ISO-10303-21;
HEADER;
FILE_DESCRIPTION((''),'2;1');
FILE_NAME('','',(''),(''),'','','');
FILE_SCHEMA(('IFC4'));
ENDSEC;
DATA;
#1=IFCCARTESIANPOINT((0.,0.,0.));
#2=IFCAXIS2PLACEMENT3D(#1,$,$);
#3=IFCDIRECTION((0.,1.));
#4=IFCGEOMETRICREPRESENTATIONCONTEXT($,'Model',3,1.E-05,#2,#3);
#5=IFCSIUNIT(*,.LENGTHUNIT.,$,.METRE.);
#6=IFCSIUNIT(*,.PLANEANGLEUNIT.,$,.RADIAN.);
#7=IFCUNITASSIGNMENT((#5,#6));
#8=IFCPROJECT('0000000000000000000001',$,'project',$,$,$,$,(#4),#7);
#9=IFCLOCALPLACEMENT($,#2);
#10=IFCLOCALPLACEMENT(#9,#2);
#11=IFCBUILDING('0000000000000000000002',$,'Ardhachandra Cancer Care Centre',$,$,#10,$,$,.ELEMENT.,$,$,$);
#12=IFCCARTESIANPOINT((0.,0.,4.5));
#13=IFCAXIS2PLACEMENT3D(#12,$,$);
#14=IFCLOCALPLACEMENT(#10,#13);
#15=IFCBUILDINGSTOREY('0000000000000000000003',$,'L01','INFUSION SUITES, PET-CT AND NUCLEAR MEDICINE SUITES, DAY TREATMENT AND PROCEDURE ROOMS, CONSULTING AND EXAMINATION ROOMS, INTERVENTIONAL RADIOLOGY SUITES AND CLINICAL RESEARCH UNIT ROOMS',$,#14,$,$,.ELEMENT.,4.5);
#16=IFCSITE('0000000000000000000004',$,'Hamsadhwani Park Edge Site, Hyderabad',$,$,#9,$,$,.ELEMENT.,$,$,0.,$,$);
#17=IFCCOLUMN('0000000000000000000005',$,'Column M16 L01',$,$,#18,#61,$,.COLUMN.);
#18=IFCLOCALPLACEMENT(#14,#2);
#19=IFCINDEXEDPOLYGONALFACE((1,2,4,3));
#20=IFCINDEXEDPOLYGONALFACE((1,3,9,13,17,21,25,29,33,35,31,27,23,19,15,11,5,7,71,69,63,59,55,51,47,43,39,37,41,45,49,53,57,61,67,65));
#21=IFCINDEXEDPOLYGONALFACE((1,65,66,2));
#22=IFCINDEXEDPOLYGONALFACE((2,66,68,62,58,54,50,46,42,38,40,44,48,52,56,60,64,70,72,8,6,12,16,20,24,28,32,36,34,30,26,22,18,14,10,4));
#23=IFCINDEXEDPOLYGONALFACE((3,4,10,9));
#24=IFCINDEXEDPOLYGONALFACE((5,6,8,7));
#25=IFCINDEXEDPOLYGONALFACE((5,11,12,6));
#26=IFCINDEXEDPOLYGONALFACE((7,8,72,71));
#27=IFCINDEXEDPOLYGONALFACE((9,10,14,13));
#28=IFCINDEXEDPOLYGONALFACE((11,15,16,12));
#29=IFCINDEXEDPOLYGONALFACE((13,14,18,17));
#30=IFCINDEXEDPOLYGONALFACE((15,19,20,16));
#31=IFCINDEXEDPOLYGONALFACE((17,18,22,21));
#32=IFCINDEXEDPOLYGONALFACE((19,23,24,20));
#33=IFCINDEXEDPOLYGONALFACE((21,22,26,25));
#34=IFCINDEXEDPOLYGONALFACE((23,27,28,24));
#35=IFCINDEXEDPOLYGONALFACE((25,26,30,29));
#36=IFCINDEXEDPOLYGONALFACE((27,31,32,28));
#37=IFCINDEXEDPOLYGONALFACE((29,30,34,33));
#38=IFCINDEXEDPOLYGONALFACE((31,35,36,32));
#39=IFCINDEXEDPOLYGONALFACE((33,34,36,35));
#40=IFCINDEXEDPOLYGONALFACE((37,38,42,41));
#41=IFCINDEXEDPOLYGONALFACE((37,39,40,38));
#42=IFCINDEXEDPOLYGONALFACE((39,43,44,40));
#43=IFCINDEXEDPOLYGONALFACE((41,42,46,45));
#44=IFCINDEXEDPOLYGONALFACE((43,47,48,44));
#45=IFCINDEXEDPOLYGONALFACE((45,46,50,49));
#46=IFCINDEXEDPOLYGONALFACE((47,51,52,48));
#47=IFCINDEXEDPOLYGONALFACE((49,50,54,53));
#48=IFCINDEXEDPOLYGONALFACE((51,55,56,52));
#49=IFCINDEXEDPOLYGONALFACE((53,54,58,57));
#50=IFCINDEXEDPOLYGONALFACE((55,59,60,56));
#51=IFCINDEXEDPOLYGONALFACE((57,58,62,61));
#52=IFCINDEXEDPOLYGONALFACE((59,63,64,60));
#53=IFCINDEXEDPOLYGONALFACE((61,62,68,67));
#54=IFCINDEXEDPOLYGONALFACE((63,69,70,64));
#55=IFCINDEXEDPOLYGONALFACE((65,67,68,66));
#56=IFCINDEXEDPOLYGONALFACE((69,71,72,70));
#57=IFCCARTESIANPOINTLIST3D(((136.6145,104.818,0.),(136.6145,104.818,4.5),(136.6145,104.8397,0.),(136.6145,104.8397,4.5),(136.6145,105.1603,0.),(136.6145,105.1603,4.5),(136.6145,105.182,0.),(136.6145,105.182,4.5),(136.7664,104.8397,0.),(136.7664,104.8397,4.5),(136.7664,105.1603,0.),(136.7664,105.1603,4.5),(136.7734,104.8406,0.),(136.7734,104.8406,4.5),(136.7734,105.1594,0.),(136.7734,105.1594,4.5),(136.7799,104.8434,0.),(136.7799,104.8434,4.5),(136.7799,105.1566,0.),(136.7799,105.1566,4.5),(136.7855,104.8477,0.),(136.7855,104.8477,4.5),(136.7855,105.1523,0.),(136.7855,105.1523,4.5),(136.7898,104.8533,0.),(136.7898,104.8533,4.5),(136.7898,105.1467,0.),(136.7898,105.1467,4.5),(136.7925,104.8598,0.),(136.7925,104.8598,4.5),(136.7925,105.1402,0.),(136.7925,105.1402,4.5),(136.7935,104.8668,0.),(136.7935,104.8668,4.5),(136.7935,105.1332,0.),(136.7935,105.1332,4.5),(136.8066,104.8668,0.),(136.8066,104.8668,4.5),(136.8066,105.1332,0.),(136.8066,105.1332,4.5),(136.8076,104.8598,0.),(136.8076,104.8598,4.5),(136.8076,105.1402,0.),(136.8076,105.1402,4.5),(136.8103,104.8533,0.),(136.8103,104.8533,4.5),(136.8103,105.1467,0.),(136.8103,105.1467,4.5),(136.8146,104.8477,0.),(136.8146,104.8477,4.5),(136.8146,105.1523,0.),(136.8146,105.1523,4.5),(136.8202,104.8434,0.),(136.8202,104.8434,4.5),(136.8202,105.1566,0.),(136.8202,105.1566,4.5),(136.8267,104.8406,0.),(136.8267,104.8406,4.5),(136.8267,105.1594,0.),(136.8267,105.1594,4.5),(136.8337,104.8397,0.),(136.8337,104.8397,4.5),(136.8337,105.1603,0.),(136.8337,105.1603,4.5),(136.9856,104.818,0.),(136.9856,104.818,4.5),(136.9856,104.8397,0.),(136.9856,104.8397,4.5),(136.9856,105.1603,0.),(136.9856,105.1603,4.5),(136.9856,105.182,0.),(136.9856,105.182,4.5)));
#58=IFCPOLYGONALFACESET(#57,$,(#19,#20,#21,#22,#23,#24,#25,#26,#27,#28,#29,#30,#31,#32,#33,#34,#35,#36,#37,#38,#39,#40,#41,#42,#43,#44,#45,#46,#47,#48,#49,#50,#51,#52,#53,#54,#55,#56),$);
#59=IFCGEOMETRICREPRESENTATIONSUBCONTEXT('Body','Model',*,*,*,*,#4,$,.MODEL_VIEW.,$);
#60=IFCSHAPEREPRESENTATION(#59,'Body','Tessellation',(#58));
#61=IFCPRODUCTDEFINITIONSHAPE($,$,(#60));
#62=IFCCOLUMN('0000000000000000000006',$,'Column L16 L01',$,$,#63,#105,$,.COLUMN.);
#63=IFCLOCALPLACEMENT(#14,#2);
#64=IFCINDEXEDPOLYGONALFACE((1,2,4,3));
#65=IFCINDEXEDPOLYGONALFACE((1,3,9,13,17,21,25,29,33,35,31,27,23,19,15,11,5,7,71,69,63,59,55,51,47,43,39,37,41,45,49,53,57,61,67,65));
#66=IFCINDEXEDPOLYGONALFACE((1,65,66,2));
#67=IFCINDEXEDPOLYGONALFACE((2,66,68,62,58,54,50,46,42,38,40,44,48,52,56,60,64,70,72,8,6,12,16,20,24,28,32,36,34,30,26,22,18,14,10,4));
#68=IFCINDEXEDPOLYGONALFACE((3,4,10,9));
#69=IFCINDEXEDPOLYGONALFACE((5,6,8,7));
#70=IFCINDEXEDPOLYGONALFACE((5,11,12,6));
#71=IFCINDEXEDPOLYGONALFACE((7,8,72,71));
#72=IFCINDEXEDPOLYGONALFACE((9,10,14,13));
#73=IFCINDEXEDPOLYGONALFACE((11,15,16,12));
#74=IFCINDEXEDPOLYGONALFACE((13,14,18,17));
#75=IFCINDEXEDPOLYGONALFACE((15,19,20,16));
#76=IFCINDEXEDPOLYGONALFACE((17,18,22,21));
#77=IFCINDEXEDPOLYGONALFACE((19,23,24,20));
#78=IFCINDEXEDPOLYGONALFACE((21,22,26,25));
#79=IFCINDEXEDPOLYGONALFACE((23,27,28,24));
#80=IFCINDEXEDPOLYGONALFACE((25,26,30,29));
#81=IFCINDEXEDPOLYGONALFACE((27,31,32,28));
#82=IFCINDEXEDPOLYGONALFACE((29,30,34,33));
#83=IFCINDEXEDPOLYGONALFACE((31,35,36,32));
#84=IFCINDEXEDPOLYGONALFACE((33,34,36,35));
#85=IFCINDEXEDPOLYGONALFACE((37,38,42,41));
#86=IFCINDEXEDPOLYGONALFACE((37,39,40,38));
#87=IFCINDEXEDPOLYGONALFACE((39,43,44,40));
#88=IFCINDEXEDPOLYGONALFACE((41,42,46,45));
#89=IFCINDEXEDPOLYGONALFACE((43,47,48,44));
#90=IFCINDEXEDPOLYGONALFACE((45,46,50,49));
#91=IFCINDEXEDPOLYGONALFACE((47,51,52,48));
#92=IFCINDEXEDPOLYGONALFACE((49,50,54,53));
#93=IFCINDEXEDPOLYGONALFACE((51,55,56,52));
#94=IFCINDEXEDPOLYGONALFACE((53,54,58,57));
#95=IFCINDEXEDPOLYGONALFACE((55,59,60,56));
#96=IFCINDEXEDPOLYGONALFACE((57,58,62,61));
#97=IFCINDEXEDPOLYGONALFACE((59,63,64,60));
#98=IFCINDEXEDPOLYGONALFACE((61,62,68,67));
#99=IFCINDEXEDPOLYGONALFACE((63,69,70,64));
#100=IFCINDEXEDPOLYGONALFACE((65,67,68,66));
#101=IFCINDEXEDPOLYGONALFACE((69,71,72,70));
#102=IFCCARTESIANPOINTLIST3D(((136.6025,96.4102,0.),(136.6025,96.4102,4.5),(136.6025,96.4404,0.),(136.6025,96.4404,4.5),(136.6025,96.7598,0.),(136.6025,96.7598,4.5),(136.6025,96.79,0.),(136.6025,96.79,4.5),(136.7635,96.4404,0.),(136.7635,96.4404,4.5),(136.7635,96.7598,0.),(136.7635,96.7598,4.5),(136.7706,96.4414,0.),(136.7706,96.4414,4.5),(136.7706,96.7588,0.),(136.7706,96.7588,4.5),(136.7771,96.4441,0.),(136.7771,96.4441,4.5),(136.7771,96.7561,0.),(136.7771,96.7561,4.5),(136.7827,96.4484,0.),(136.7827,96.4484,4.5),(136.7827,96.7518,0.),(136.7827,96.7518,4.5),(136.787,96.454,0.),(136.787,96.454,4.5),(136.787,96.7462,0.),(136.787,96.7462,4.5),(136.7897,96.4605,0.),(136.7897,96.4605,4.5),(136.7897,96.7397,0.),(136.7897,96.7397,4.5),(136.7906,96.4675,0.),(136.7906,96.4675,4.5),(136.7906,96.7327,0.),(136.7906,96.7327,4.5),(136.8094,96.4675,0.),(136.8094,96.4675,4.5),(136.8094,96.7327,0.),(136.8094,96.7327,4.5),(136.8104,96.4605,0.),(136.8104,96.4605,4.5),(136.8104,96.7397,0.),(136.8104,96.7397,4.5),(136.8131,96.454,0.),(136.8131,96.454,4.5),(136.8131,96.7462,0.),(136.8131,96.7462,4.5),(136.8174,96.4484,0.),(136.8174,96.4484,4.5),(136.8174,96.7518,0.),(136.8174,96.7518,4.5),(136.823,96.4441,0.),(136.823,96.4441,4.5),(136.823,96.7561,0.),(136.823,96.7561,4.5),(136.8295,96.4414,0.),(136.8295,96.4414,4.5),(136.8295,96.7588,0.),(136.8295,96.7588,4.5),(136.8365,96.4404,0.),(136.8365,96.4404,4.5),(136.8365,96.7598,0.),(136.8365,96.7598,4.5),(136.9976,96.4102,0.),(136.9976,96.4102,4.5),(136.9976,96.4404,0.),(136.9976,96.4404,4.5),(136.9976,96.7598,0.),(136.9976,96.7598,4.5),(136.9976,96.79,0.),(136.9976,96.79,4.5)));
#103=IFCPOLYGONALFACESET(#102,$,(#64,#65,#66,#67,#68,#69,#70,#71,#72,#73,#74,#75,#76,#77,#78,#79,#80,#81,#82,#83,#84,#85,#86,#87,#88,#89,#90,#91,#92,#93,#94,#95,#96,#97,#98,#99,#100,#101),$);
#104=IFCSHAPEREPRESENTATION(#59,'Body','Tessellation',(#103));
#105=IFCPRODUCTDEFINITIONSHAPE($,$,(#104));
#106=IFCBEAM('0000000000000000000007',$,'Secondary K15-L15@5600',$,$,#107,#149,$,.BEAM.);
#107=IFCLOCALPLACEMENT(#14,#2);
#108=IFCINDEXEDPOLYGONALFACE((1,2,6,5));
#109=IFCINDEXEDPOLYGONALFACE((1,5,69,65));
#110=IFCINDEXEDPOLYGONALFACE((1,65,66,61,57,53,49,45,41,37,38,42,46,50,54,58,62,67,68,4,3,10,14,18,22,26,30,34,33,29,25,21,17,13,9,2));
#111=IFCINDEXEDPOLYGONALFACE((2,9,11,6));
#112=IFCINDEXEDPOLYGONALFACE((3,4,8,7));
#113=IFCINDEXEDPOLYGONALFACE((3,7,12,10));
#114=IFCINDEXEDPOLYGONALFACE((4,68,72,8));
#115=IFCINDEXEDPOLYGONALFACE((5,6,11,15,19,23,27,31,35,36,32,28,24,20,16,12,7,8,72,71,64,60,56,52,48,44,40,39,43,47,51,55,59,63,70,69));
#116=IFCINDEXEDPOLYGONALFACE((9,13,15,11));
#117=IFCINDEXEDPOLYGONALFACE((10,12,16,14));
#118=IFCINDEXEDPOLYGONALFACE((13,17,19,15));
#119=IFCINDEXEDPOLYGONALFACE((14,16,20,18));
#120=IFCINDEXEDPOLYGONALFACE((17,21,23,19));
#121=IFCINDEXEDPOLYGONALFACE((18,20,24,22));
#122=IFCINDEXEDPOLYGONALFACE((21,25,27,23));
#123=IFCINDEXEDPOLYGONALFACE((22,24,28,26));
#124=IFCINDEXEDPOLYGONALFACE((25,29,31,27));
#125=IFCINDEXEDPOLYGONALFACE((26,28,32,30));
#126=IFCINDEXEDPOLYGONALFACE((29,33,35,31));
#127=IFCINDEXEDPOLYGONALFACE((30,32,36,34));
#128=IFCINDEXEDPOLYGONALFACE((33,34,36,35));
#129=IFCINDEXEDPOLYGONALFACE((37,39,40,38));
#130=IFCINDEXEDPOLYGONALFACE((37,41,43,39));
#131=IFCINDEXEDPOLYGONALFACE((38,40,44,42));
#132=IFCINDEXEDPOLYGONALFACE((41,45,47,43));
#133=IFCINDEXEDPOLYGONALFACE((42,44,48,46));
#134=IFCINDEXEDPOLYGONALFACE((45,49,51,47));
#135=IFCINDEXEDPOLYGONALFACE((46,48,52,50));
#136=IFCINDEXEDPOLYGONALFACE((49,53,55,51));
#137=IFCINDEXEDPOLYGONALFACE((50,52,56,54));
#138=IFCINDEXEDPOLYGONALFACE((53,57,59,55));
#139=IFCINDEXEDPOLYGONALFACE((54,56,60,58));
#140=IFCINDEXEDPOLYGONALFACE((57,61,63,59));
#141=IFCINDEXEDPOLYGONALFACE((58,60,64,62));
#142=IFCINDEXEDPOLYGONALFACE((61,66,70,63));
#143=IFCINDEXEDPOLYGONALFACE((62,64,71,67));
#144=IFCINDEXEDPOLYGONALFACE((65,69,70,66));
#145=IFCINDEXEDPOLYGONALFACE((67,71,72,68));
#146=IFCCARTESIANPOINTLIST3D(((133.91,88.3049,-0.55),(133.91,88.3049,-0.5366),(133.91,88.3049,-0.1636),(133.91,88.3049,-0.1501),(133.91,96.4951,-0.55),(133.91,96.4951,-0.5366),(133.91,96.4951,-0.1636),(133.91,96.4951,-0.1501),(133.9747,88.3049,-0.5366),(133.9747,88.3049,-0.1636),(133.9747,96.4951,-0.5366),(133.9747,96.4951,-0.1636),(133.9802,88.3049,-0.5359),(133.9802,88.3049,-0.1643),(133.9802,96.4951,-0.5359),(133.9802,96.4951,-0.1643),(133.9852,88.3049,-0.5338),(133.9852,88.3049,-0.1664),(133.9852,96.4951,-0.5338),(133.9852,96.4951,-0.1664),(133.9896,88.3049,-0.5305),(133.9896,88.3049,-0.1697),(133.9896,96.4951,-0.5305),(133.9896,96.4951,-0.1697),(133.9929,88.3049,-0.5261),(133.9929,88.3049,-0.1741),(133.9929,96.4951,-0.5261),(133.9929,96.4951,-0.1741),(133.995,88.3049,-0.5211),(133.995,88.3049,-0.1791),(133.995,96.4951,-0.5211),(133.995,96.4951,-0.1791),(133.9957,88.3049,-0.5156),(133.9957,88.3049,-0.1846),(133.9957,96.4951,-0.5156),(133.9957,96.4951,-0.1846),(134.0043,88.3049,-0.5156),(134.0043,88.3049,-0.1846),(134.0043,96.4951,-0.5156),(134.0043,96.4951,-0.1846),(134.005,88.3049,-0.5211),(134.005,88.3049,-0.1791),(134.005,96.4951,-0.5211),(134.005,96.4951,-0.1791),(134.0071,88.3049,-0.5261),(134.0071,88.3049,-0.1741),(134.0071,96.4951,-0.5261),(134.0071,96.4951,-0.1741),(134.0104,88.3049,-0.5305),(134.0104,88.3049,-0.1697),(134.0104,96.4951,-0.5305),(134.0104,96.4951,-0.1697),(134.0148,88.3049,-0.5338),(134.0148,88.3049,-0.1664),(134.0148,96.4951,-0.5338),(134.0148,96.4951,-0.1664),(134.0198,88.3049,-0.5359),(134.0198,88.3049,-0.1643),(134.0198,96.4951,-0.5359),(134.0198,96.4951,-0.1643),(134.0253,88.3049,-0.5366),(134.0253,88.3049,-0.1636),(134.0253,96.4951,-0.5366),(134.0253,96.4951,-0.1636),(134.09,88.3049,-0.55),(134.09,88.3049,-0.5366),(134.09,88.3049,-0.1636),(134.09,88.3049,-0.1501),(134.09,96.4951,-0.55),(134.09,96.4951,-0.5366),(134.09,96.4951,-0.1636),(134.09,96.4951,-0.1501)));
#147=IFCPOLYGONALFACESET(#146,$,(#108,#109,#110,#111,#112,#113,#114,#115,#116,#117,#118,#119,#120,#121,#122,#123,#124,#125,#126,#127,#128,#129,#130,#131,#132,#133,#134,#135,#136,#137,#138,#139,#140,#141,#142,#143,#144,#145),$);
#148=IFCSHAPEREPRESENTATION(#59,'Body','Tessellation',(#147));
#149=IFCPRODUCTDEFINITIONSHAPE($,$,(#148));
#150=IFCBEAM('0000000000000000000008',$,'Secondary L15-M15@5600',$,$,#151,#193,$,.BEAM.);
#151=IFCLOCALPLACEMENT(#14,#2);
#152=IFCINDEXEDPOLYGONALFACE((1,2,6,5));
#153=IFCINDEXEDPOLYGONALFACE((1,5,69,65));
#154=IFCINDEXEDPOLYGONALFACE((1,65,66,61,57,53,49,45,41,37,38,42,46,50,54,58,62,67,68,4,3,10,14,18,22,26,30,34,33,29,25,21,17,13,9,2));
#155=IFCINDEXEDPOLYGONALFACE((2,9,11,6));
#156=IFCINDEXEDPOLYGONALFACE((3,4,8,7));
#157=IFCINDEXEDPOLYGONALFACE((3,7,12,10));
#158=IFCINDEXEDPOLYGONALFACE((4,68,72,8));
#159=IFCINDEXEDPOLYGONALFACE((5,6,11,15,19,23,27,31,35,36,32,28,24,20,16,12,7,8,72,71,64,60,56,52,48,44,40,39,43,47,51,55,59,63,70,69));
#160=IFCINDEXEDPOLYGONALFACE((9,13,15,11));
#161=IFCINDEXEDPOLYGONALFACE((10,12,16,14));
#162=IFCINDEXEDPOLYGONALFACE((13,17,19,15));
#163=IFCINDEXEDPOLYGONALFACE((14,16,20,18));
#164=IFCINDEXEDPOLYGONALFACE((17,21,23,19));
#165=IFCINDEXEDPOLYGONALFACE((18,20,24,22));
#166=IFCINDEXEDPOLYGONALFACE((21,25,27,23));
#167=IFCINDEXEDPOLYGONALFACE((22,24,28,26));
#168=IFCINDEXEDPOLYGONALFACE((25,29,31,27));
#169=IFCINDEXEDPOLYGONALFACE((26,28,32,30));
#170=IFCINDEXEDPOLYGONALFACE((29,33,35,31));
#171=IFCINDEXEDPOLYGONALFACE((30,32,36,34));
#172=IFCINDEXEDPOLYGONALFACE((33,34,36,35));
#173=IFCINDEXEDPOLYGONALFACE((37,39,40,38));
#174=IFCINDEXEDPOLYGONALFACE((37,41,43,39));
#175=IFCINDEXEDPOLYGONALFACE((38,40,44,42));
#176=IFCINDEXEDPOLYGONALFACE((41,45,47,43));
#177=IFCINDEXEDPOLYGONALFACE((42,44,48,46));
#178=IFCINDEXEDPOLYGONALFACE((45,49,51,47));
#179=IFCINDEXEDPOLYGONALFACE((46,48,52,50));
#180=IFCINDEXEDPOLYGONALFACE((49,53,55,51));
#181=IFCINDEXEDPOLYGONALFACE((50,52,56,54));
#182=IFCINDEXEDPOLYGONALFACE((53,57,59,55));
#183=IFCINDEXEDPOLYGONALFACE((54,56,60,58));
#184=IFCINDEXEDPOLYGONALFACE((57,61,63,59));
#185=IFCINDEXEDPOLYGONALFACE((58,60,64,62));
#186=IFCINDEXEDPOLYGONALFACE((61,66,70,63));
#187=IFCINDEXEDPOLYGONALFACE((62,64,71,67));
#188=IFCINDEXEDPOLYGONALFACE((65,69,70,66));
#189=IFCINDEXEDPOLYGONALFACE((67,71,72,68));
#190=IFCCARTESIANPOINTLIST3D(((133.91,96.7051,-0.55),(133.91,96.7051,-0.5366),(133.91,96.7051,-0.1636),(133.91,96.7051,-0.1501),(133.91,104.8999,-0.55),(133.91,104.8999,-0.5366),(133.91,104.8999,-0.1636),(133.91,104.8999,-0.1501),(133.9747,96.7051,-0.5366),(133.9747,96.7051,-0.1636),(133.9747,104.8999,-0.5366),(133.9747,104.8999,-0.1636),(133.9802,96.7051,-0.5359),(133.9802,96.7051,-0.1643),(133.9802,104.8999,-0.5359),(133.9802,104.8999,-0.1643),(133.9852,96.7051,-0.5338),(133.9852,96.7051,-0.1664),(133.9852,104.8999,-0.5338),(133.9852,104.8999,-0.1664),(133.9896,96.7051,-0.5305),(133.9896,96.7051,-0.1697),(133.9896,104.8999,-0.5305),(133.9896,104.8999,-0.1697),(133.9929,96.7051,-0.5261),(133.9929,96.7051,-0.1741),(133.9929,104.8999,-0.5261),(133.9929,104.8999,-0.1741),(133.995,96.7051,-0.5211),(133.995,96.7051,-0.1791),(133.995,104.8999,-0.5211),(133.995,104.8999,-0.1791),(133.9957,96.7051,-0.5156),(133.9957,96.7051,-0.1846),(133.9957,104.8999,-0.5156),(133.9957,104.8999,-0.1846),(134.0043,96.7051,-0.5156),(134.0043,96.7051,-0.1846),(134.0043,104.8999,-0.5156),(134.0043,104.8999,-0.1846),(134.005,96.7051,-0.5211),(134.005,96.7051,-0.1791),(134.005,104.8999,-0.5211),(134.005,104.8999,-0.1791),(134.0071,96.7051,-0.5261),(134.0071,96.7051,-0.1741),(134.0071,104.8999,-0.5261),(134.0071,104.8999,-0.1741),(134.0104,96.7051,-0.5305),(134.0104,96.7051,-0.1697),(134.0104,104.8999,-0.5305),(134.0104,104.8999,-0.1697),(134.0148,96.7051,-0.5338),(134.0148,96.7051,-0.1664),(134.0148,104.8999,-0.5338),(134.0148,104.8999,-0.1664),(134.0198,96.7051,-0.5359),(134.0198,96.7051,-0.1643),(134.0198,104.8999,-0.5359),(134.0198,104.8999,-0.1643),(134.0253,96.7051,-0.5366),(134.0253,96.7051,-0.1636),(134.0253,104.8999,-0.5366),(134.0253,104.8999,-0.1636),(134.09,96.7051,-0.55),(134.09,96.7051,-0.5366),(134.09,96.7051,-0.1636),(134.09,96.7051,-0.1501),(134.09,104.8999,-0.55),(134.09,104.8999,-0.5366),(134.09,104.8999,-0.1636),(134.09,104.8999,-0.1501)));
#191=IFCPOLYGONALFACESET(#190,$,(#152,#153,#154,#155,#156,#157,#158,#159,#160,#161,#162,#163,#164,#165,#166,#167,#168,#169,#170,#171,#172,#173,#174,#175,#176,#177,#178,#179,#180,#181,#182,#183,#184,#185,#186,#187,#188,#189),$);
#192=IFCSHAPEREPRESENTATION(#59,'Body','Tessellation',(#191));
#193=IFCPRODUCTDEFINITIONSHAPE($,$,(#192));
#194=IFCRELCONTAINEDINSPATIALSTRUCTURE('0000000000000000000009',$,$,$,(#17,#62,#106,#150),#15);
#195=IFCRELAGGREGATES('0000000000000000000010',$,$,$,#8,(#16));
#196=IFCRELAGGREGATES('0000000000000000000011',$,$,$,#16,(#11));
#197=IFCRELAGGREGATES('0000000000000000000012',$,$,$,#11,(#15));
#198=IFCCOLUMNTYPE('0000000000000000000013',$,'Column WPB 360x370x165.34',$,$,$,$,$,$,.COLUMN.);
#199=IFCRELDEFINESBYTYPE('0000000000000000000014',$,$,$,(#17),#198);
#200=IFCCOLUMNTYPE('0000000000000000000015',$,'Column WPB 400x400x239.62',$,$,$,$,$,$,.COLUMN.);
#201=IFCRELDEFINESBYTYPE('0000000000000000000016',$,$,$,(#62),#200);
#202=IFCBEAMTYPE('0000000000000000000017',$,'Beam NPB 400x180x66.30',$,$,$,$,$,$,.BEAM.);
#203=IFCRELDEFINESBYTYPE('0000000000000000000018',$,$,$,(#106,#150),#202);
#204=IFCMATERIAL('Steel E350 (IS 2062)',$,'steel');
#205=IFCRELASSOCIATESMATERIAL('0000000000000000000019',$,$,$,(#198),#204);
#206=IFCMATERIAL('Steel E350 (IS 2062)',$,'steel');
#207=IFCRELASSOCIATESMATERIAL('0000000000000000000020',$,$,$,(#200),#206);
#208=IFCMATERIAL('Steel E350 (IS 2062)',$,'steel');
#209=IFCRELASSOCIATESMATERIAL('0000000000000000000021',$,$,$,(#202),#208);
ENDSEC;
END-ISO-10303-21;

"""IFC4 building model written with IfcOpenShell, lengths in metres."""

from ifc_helpers import new_model, si_unit, direction, frame, origin, origin_2d, place, context, subcontext, project, spatial, i_section, extrude, material, material_profile, profile_set, type_object, element, save


model = new_model("IFC4")

# Units and contexts
model_context = context("Model", 3, precision=1e-05, world=origin(), true_north=direction((0.0, 1.0)))
body_context = subcontext(model_context, "Body", "Model", "MODEL_VIEW")
ifc_project = project(units=[si_unit("LENGTHUNIT", "METRE"), si_unit("PLANEANGLEUNIT", "RADIAN")], contexts=[model_context])

# Site, building, storey
site_placement = place(None, origin())
site = spatial("IfcSite", under=ifc_project, at=site_placement, Name="Hamsadhwani Park Edge Site, Hyderabad", CompositionType="ELEMENT", RefElevation=0.0)
building_placement = place(site_placement, origin())
building = spatial("IfcBuilding", under=site, at=building_placement, Name="Ardhachandra Cancer Care Centre", CompositionType="ELEMENT")
storey_placement = place(building_placement, frame((0.0, 0.0, 4.5)))
storey = spatial("IfcBuildingStorey", under=building, at=storey_placement, Name="L01", Description="INFUSION SUITES, PET-CT AND NUCLEAR MEDICINE SUITES, DAY TREATMENT AND PROCEDURE ROOMS, CONSULTING AND EXAMINATION ROOMS, INTERVENTIONAL RADIOLOGY SUITES AND CLINICAL RESEARCH UNIT ROOMS", CompositionType="ELEMENT", Elevation=4.5)

# Columns
ifc_material_1 = material(Name="Steel E350 (IS 2062)", Category="steel")
ifc_material_profile_1 = material_profile(ifc_material_1, i_section(OverallWidth=0.3711, OverallDepth=0.364, WebThickness=0.0132, FlangeThickness=0.0217, FilletRadius=0.0271, at=origin_2d()), Name="WPB 360x370x165.34")
ifc_profile_set_1 = profile_set([ifc_material_profile_1], Name="Steel E350 (IS 2062)")
column_type_1 = type_object("IfcColumnType", Name="Column WPB 360x370x165.34", PredefinedType="COLUMN", material=ifc_profile_set_1)
column_1_placement = place(storey_placement, frame((136.8, 105.0, 0.0), z_axis=(0.0, 0.0, 1.0), x_axis=(1.0, 0.0, 0.0)))
element("IfcColumn", 1, at=column_1_placement, inside=storey, type_object=column_type_1, Name="Column M16 L01", PredefinedType="COLUMN", context=body_context, shape_type="SweptSolid", body=[
    extrude(i_section(OverallWidth=0.3711, OverallDepth=0.364, WebThickness=0.0132, FlangeThickness=0.0217, FilletRadius=0.0271, at=origin_2d()), origin(), (0.0, 0.0, 1.0), 4.5),
])
ifc_material_2 = material(Name="Steel E350 (IS 2062)", Category="steel")
ifc_material_profile_2 = material_profile(ifc_material_2, i_section(OverallWidth=0.395, OverallDepth=0.3799, WebThickness=0.0188, FlangeThickness=0.0303, FilletRadius=0.0271, at=origin_2d()), Name="WPB 400x400x239.62")
ifc_profile_set_2 = profile_set([ifc_material_profile_2], Name="Steel E350 (IS 2062)")
column_type_2 = type_object("IfcColumnType", Name="Column WPB 400x400x239.62", PredefinedType="COLUMN", material=ifc_profile_set_2)
column_2_placement = place(storey_placement, frame((136.8, 96.6001, 0.0), z_axis=(0.0, 0.0, 1.0), x_axis=(1.0, 0.0, 0.0)))
element("IfcColumn", 2, at=column_2_placement, inside=storey, type_object=column_type_2, Name="Column L16 L01", PredefinedType="COLUMN", context=body_context, shape_type="SweptSolid", body=[
    extrude(i_section(OverallWidth=0.395, OverallDepth=0.3799, WebThickness=0.0188, FlangeThickness=0.0303, FilletRadius=0.0271, at=origin_2d()), origin(), (0.0, 0.0, 1.0), 4.5),
])

# Beams
ifc_material_3 = material(Name="Steel E350 (IS 2062)", Category="steel")
ifc_material_profile_3 = material_profile(ifc_material_3, i_section(OverallWidth=0.1799, OverallDepth=0.3999, WebThickness=0.0085, FlangeThickness=0.0134, FilletRadius=0.021, at=origin_2d()), Name="NPB 400x180x66.30")
ifc_profile_set_3 = profile_set([ifc_material_profile_3], Name="Steel E350 (IS 2062)")
beam_type_1 = type_object("IfcBeamType", Name="Beam NPB 400x180x66.30", PredefinedType="BEAM", material=ifc_profile_set_3)
beam_1_placement = place(storey_placement, frame((134.0, 88.3049, -0.3501), z_axis=(0.0, 1.0, 0.0), x_axis=(-1.0, 0.0, 0.0)))
element("IfcBeam", 3, at=beam_1_placement, inside=storey, type_object=beam_type_1, Name="Secondary K15-L15@5600", PredefinedType="BEAM", context=body_context, shape_type="SweptSolid", body=[
    extrude(i_section(OverallWidth=0.1799, OverallDepth=0.3999, WebThickness=0.0085, FlangeThickness=0.0134, FilletRadius=0.021, at=origin_2d()), origin(), (0.0, 0.0, 1.0), 8.1902),
])
beam_2_placement = place(storey_placement, frame((134.0, 96.7051, -0.3501), z_axis=(0.0, 1.0, 0.0), x_axis=(-1.0, 0.0, 0.0)))
element("IfcBeam", 4, at=beam_2_placement, inside=storey, type_object=beam_type_1, Name="Secondary L15-M15@5600", PredefinedType="BEAM", context=body_context, shape_type="SweptSolid", body=[
    extrude(i_section(OverallWidth=0.1799, OverallDepth=0.3999, WebThickness=0.0085, FlangeThickness=0.0134, FilletRadius=0.021, at=origin_2d()), origin(), (0.0, 0.0, 1.0), 8.1948),
])

save(model, "model.ifc")
